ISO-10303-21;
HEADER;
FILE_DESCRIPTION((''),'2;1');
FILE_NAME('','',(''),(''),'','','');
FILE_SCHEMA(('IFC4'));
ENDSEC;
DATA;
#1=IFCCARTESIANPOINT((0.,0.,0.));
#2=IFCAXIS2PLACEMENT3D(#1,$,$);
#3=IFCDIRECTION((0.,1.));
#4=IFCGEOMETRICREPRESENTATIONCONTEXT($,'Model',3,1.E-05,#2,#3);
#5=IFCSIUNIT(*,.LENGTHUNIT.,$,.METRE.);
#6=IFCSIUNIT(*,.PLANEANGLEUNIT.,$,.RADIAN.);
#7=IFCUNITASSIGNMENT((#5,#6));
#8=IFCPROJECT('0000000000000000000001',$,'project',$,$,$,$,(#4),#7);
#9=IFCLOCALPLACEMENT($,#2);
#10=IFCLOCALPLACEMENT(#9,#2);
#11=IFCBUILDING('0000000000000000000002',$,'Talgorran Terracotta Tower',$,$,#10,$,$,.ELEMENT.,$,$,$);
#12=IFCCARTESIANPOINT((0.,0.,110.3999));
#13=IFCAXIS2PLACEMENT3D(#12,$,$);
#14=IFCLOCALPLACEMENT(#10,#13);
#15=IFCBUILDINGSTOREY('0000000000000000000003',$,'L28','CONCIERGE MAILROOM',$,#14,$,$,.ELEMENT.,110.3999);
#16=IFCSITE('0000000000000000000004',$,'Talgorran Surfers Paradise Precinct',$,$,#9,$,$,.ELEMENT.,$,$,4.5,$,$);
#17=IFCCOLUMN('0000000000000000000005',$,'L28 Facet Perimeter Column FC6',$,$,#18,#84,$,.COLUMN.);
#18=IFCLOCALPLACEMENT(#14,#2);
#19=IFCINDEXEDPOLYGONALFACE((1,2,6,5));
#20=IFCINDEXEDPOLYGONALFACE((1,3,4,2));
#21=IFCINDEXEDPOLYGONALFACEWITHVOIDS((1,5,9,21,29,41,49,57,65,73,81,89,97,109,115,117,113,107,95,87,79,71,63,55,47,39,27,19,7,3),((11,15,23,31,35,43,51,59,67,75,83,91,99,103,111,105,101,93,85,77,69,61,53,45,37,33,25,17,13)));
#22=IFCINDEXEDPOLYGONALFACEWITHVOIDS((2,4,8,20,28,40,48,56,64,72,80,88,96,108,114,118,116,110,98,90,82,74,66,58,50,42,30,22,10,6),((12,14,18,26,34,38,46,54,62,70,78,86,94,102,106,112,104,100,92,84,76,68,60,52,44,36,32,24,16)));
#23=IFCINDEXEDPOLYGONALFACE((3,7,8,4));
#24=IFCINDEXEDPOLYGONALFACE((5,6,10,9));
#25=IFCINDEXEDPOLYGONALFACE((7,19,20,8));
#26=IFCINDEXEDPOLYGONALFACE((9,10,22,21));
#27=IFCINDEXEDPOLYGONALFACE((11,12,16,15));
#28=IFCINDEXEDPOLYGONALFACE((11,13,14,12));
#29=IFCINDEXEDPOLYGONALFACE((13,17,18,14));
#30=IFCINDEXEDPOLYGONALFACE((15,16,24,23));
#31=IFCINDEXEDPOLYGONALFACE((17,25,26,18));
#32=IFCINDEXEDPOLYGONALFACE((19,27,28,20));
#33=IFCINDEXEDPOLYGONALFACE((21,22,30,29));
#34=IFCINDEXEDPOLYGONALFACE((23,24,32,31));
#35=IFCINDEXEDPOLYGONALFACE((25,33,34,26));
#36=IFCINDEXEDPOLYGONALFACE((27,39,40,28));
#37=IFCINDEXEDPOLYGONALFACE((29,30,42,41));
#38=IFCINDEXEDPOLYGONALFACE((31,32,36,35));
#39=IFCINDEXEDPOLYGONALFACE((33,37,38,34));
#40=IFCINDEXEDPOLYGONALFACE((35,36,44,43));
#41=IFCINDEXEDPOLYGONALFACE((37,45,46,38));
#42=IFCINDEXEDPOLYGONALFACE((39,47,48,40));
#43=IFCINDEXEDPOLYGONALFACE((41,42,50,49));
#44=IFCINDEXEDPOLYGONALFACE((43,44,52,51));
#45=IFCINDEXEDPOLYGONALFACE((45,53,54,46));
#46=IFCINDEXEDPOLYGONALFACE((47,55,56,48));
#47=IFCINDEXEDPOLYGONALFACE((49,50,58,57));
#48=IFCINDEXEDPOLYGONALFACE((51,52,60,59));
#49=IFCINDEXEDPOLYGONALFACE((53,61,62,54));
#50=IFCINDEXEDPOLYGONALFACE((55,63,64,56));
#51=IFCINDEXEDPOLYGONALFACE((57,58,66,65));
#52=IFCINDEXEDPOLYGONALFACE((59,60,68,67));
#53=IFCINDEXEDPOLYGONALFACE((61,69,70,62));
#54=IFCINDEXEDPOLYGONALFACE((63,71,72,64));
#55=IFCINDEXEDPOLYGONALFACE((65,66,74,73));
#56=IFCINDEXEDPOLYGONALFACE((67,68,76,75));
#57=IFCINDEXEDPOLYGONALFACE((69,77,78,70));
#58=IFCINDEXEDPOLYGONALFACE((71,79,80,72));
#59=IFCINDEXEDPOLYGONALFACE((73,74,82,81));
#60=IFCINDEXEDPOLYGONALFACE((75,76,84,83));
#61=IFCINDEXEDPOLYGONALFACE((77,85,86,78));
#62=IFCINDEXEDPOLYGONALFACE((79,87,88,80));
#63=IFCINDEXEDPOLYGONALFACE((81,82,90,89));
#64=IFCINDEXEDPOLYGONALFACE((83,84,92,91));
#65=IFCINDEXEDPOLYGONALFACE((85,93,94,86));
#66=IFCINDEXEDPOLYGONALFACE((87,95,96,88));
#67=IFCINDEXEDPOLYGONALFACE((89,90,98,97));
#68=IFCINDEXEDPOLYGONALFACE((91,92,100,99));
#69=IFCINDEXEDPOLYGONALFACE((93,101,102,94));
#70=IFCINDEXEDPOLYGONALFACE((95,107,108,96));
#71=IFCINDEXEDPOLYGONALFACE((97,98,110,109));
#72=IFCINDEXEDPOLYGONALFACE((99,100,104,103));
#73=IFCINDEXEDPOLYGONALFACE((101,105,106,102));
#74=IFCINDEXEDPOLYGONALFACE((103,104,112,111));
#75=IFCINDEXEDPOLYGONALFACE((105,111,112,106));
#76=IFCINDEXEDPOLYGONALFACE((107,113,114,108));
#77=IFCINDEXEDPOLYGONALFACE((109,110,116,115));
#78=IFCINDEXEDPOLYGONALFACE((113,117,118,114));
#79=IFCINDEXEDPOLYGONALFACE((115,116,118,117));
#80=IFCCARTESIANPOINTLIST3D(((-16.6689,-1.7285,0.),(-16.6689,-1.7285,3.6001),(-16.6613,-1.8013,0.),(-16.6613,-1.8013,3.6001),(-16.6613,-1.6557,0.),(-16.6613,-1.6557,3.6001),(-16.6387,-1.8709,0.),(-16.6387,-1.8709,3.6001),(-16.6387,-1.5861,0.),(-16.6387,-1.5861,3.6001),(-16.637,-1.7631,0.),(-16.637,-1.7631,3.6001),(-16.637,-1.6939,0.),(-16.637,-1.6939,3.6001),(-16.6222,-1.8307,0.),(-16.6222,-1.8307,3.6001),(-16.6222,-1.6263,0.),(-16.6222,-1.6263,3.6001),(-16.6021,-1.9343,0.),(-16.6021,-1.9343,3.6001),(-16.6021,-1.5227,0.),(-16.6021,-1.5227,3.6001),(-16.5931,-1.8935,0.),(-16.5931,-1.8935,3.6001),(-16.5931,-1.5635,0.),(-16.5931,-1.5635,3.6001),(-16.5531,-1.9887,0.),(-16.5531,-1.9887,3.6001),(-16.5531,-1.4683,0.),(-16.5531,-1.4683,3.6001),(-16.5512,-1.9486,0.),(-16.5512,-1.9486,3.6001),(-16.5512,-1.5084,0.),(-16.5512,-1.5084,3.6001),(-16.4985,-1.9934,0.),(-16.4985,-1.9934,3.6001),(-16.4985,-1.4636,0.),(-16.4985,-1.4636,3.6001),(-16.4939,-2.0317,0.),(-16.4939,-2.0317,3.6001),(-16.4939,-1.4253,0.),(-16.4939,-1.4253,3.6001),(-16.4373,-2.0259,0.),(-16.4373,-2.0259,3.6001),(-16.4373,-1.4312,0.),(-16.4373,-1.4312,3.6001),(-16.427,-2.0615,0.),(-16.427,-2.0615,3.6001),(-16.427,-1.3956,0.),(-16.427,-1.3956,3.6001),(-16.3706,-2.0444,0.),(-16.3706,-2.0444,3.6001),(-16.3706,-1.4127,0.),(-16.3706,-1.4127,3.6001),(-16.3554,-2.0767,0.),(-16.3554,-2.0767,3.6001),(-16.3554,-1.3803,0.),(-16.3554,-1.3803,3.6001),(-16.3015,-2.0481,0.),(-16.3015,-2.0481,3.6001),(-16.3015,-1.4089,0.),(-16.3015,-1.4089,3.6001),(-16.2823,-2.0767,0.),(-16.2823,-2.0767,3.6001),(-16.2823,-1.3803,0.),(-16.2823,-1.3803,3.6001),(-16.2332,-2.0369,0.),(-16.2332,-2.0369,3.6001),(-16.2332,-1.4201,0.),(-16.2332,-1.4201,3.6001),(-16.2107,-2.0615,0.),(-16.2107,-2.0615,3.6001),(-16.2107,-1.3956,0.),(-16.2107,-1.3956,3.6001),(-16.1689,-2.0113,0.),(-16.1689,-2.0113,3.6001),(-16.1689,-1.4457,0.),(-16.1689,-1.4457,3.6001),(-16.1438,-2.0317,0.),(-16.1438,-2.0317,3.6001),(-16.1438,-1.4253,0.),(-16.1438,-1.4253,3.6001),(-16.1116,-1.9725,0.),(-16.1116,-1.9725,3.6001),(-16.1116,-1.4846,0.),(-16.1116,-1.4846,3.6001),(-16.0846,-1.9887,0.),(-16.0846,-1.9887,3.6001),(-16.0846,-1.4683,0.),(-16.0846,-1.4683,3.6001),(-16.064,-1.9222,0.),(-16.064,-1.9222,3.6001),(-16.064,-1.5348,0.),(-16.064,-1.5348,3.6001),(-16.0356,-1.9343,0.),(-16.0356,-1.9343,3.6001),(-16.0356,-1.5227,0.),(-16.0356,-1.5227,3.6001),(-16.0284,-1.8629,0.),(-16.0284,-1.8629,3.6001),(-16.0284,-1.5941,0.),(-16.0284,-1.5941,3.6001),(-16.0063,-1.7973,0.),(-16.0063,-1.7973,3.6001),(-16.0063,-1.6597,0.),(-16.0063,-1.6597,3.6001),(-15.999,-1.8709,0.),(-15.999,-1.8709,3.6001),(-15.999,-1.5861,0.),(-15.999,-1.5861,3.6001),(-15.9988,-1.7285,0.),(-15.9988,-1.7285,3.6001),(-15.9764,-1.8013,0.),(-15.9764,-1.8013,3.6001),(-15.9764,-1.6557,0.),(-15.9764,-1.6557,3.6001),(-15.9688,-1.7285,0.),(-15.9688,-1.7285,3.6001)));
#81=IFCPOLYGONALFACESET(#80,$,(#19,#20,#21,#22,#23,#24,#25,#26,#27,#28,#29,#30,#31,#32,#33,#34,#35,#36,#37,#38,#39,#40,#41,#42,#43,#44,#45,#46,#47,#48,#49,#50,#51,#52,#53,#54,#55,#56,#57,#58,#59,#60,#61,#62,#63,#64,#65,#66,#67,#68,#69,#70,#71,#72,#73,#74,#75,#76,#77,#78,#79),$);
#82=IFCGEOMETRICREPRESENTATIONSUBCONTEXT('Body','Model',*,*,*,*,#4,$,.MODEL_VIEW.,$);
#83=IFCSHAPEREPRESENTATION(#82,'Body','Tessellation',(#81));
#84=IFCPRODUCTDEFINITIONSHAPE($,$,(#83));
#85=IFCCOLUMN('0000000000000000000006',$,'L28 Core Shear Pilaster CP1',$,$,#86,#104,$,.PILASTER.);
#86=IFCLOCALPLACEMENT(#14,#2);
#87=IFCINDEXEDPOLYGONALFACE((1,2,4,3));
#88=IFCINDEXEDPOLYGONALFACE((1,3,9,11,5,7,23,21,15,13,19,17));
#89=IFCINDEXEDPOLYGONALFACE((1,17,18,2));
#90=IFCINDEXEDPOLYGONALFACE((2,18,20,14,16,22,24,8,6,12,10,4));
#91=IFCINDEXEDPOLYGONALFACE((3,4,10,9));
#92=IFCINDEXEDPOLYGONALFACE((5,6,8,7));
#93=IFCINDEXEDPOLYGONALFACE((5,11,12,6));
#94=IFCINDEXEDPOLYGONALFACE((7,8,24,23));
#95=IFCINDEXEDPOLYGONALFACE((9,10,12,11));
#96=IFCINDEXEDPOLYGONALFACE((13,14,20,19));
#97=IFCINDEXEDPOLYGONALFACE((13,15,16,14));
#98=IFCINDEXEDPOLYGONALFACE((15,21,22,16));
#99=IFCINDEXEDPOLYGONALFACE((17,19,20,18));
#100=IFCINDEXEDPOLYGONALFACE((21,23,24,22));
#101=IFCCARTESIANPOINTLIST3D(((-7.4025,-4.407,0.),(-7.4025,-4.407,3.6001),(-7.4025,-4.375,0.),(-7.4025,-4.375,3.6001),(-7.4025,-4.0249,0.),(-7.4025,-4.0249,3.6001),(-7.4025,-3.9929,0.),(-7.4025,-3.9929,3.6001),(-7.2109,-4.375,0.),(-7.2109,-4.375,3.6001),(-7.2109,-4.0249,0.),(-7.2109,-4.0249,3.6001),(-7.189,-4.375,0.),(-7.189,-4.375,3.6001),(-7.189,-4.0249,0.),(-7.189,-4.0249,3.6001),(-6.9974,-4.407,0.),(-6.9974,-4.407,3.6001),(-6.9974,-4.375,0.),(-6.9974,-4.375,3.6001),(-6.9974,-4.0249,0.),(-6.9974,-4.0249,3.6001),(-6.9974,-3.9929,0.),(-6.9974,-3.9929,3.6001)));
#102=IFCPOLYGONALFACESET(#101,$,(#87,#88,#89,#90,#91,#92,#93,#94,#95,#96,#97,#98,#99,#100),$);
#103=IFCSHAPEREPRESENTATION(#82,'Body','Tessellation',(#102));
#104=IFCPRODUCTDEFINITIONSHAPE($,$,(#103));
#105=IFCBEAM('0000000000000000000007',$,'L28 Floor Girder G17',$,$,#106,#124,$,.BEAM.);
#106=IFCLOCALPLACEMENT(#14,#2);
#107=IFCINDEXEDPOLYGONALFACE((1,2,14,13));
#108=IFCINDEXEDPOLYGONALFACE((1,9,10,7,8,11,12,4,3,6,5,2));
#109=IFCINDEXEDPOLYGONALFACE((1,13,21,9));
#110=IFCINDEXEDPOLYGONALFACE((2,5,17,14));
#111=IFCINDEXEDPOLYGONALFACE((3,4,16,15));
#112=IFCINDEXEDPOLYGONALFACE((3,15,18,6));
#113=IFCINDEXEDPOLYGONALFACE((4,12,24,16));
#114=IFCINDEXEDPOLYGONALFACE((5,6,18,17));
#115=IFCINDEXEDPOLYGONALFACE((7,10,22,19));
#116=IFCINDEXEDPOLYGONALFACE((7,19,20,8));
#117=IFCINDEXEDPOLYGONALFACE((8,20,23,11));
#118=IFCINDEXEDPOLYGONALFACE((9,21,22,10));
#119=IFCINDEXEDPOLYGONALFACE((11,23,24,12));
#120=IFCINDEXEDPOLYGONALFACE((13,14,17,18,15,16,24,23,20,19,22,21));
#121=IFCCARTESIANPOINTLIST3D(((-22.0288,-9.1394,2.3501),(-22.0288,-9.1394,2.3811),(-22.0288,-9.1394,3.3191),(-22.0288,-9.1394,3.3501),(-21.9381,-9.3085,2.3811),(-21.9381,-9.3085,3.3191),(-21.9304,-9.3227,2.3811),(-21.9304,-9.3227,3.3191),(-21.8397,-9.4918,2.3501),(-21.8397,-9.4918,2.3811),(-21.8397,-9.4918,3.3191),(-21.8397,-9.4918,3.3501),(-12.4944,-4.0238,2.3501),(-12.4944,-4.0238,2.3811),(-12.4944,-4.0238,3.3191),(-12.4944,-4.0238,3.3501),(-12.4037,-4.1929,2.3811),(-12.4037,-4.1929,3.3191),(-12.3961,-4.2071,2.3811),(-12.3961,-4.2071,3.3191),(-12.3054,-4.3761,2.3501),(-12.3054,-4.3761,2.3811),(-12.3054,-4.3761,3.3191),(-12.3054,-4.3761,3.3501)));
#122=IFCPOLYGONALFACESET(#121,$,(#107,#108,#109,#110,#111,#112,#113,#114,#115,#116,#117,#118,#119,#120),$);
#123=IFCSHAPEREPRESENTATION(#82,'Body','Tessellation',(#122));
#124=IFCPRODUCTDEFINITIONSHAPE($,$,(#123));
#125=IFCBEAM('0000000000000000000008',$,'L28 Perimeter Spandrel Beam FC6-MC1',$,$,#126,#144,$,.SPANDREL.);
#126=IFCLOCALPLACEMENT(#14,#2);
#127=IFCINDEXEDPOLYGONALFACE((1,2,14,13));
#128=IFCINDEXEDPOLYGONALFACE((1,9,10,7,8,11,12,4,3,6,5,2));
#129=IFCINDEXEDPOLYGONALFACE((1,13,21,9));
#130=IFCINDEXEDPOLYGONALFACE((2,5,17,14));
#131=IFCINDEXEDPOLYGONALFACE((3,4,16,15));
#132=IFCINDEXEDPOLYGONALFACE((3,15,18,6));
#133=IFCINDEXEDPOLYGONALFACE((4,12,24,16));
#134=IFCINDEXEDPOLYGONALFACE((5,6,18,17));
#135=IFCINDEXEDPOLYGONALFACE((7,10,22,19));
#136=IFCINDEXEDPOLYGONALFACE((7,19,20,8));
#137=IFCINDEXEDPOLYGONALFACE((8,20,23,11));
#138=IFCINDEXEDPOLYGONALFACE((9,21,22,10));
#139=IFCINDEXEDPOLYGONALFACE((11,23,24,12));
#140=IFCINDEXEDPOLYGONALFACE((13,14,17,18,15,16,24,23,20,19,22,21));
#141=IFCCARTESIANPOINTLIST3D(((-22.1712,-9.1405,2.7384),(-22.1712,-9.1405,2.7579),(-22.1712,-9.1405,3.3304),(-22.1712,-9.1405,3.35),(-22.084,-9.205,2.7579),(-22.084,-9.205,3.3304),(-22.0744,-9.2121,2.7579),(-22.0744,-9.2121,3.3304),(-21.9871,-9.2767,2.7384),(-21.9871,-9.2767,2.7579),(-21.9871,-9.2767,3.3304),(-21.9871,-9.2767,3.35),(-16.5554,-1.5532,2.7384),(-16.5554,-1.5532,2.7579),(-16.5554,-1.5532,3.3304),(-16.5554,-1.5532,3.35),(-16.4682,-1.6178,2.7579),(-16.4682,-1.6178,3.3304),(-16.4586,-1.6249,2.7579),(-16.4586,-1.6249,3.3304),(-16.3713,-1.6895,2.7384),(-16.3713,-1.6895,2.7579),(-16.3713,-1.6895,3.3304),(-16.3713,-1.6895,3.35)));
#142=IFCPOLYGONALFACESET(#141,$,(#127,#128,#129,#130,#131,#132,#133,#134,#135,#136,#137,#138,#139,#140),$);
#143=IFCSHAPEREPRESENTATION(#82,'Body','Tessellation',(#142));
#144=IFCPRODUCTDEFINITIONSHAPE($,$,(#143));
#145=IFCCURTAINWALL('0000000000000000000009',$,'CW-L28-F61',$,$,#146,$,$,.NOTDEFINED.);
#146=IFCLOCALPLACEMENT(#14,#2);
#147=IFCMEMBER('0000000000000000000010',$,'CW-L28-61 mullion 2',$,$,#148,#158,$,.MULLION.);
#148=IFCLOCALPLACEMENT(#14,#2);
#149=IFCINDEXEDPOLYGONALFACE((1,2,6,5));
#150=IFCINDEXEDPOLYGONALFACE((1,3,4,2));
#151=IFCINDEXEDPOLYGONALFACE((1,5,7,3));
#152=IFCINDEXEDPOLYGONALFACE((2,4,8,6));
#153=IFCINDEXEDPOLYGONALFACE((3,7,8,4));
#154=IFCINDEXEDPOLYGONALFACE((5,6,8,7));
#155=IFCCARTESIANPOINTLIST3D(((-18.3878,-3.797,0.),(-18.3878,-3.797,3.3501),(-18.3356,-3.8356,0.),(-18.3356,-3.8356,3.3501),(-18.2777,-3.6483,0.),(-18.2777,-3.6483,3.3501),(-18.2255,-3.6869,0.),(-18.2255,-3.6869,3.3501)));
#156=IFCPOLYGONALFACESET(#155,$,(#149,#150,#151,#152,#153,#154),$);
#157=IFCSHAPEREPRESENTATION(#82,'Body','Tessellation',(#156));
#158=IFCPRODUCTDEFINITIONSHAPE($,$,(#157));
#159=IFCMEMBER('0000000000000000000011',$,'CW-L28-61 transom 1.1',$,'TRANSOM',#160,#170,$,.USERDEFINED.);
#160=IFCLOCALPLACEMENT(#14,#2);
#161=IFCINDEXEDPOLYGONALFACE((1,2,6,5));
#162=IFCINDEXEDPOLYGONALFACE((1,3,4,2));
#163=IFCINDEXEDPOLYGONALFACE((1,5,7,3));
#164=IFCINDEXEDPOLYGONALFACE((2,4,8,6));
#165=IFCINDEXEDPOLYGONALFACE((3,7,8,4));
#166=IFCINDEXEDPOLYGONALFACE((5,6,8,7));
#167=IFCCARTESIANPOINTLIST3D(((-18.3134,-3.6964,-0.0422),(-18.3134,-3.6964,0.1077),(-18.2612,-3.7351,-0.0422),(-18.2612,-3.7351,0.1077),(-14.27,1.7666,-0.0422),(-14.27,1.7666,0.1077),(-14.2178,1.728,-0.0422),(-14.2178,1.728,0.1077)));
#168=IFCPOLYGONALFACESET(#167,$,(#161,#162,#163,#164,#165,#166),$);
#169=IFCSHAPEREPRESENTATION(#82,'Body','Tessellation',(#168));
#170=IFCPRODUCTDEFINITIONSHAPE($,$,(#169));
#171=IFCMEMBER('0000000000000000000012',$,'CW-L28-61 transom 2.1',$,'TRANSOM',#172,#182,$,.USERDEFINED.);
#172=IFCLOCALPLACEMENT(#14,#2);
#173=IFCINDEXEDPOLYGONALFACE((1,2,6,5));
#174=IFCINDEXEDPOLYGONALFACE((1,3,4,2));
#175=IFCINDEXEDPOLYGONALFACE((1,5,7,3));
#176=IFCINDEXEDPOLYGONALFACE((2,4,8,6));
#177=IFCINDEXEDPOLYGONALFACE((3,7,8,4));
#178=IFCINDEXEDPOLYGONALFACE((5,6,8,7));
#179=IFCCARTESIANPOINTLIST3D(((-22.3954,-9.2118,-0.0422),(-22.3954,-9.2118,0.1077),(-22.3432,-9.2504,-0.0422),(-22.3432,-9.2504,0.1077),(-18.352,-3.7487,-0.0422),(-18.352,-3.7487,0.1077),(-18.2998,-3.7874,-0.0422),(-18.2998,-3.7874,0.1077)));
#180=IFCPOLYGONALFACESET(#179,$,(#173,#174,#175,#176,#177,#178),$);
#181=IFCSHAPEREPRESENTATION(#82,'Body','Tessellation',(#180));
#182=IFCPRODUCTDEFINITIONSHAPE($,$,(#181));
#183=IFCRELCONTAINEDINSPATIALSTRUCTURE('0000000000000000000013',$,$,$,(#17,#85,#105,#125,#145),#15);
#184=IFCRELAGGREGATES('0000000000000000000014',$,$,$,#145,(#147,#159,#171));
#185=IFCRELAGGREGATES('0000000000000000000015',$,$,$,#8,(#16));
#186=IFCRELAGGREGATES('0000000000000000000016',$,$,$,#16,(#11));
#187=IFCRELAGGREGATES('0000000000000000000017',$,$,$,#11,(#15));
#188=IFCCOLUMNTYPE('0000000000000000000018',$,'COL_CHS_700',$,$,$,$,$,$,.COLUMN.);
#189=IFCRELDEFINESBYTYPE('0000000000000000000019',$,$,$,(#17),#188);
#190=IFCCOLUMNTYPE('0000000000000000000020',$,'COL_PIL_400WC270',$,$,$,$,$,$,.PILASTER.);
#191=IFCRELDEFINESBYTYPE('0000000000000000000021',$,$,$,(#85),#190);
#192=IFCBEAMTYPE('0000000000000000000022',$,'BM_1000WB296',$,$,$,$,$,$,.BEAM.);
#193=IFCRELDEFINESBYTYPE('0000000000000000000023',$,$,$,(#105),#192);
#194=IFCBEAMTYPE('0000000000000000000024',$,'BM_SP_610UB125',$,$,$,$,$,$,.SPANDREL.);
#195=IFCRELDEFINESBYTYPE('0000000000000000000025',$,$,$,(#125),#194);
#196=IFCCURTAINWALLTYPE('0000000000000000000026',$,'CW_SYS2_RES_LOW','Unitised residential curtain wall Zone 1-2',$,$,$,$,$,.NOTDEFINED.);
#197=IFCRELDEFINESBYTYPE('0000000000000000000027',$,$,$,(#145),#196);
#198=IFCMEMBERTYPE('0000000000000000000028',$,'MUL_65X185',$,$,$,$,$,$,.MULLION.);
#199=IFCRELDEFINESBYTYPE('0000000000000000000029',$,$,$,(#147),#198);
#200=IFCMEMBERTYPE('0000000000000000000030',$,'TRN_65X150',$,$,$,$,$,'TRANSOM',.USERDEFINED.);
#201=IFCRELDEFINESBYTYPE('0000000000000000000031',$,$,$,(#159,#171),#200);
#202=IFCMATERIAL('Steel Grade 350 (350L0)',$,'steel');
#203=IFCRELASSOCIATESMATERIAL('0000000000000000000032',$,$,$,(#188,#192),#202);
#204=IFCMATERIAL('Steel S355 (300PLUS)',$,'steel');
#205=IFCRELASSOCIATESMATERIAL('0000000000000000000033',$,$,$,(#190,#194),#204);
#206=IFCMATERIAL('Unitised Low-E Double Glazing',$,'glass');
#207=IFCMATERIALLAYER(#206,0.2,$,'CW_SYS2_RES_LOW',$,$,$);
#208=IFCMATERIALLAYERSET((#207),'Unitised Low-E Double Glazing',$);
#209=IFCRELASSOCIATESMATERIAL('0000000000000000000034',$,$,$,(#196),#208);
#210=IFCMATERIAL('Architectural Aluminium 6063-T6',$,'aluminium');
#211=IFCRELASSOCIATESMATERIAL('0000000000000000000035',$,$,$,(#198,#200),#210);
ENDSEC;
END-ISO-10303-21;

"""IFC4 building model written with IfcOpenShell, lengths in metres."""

from ifc_helpers import new_model, si_unit, direction, frame, origin, origin_2d, place, context, subcontext, project, spatial, rectangle, hollow_circle, i_section, extrude, material, layer, layer_set, material_profile, profile_set, type_object, element, aggregate, save


model = new_model("IFC4")

# Units and contexts
model_context = context("Model", 3, precision=1e-05, world=origin(), true_north=direction((0.0, 1.0)))
body_context = subcontext(model_context, "Body", "Model", "MODEL_VIEW")
ifc_project = project(units=[si_unit("LENGTHUNIT", "METRE"), si_unit("PLANEANGLEUNIT", "RADIAN")], contexts=[model_context])

# Site, building, storey
site_placement = place(None, origin())
site = spatial("IfcSite", under=ifc_project, at=site_placement, Name="Talgorran Surfers Paradise Precinct", CompositionType="ELEMENT", RefElevation=4.5)
building_placement = place(site_placement, origin())
building = spatial("IfcBuilding", under=site, at=building_placement, Name="Talgorran Terracotta Tower", CompositionType="ELEMENT")
storey_placement = place(building_placement, frame((0.0, 0.0, 110.3999)))
storey = spatial("IfcBuildingStorey", under=building, at=storey_placement, Name="L28", Description="CONCIERGE MAILROOM", CompositionType="ELEMENT", Elevation=110.3999)

# Columns
ifc_material_1 = material(Name="Steel Grade 350 (350L0)", Category="steel")
ifc_material_profile_1 = material_profile(ifc_material_1, hollow_circle(Radius=0.3501, WallThickness=0.03, at=origin_2d()), Name="CHS700X30")
ifc_profile_set_1 = profile_set([ifc_material_profile_1], Name="Steel Grade 350 (350L0)")
column_type_1 = type_object("IfcColumnType", Name="COL_CHS_700", PredefinedType="COLUMN", material=ifc_profile_set_1)
column_1_placement = place(storey_placement, frame((-16.3188, -1.7285, 0.0), z_axis=(0.0, 0.0, 1.0), x_axis=(1.0, 0.0, 0.0)))
element("IfcColumn", 1, at=column_1_placement, inside=storey, type_object=column_type_1, Name="L28 Facet Perimeter Column FC6", PredefinedType="COLUMN", context=body_context, shape_type="SweptSolid", body=[
    extrude(hollow_circle(Radius=0.3501, WallThickness=0.03, at=origin_2d()), origin(), (0.0, 0.0, 1.0), 3.6001),
])
ifc_material_2 = material(Name="Steel S355 (300PLUS)", Category="steel")
ifc_material_profile_2 = material_profile(ifc_material_2, i_section(OverallWidth=0.405, OverallDepth=0.4141, WebThickness=0.022, FlangeThickness=0.032, at=origin_2d()), Name="400WC270")
ifc_profile_set_2 = profile_set([ifc_material_profile_2], Name="Steel S355 (300PLUS)")
column_type_2 = type_object("IfcColumnType", Name="COL_PIL_400WC270", PredefinedType="PILASTER", material=ifc_profile_set_2)
column_2_placement = place(storey_placement, frame((-7.2, -4.2, 0.0), z_axis=(0.0, 0.0, 1.0), x_axis=(1.0, 0.0, 0.0)))
element("IfcColumn", 2, at=column_2_placement, inside=storey, type_object=column_type_2, Name="L28 Core Shear Pilaster CP1", PredefinedType="PILASTER", context=body_context, shape_type="SweptSolid", body=[
    extrude(i_section(OverallWidth=0.405, OverallDepth=0.4141, WebThickness=0.022, FlangeThickness=0.032, at=origin_2d()), origin(), (0.0, 0.0, 1.0), 3.6001),
])

# Beams
ifc_material_profile_3 = material_profile(ifc_material_1, i_section(OverallWidth=0.3999, OverallDepth=1.0, WebThickness=0.0161, FlangeThickness=0.031, at=origin_2d()), Name="1000WB296")
ifc_profile_set_3 = profile_set([ifc_material_profile_3], Name="Steel Grade 350 (350L0)")
beam_type_1 = type_object("IfcBeamType", Name="BM_1000WB296", PredefinedType="BEAM", material=ifc_profile_set_3)
beam_1_placement = place(storey_placement, frame((-12.3999, -4.2, 2.8501), z_axis=(-0.881172, -0.472795, 0.0), x_axis=(0.472795, -0.881172, 0.0)))
element("IfcBeam", 3, at=beam_1_placement, inside=storey, type_object=beam_type_1, Name="L28 Floor Girder G17", PredefinedType="BEAM", context=body_context, shape_type="SweptSolid", body=[
    extrude(i_section(OverallWidth=0.3999, OverallDepth=1.0, WebThickness=0.0161, FlangeThickness=0.031, at=origin_2d()), origin(), (0.0, 0.0, 1.0), 10.8201),
])
ifc_material_profile_4 = material_profile(ifc_material_2, i_section(OverallWidth=0.229, OverallDepth=0.6116, WebThickness=0.012, FlangeThickness=0.0195, at=origin_2d()), Name="610UB125")
ifc_profile_set_4 = profile_set([ifc_material_profile_4], Name="Steel S355 (300PLUS)")
beam_type_2 = type_object("IfcBeamType", Name="BM_SP_610UB125", PredefinedType="SPANDREL", material=ifc_profile_set_4)
beam_2_placement = place(storey_placement, frame((-16.4634, -1.6213, 3.0442), z_axis=(-0.594927, -0.80378, 0.0), x_axis=(0.80378, -0.594927, 0.0)))
element("IfcBeam", 4, at=beam_2_placement, inside=storey, type_object=beam_type_2, Name="L28 Perimeter Spandrel Beam FC6-MC1", PredefinedType="SPANDREL", context=body_context, shape_type="SweptSolid", body=[
    extrude(i_section(OverallWidth=0.229, OverallDepth=0.6116, WebThickness=0.012, FlangeThickness=0.0195, at=origin_2d()), origin(), (0.0, 0.0, 1.0), 9.4395),
])

# Curtain wall, members
ifc_material_3 = material(Name="Unitised Low-E Double Glazing", Category="glass")
ifc_layer_1 = layer(ifc_material_3, 0.2, Name="CW_SYS2_RES_LOW")
ifc_layer_set_1 = layer_set([ifc_layer_1], Name="Unitised Low-E Double Glazing")
curtain_wall_type = type_object("IfcCurtainWallType", Name="CW_SYS2_RES_LOW", Description="Unitised residential curtain wall Zone 1-2", PredefinedType="NOTDEFINED", material=ifc_layer_set_1)
curtain_wall_placement = place(storey_placement, origin())
curtain_wall = element("IfcCurtainWall", 5, at=curtain_wall_placement, inside=storey, type_object=curtain_wall_type, Name="CW-L28-F61", PredefinedType="NOTDEFINED")
ifc_material_4 = material(Name="Architectural Aluminium 6063-T6", Category="aluminium")
ifc_material_profile_5 = material_profile(ifc_material_4, rectangle(XDim=0.0649, YDim=0.1851, at=origin_2d()), Name="CWM65X185")
ifc_profile_set_5 = profile_set([ifc_material_profile_5], Name="Architectural Aluminium 6063-T6")
member_type_1 = type_object("IfcMemberType", Name="MUL_65X185", PredefinedType="MULLION", material=ifc_profile_set_5)
member_1_placement = place(storey_placement, frame((-18.3066, -3.7419, 0.0), z_axis=(0.0, 0.0, 1.0), x_axis=(0.803791, -0.594912, 0.0)))
member_1 = element("IfcMember", 6, at=member_1_placement, type_object=member_type_1, Name="CW-L28-61 mullion 2", PredefinedType="MULLION", context=body_context, shape_type="SweptSolid", body=[
    extrude(rectangle(XDim=0.0649, YDim=0.1851, at=origin_2d()), origin(), (0.0, 0.0, 1.0), 3.3501),
])
ifc_material_profile_6 = material_profile(ifc_material_4, rectangle(XDim=0.0649, YDim=0.1499, at=origin_2d()), Name="CWT65X150")
ifc_profile_set_6 = profile_set([ifc_material_profile_6], Name="Architectural Aluminium 6063-T6")
member_type_2 = type_object("IfcMemberType", Name="TRN_65X150", ElementType="TRANSOM", PredefinedType="USERDEFINED", material=ifc_profile_set_6)
member_2_placement = place(storey_placement, frame((-14.2439, 1.7473, 0.0327), z_axis=(-0.594913, -0.80379, 0.0), x_axis=(0.80379, -0.594913, 0.0)))
member_2 = element("IfcMember", 7, at=member_2_placement, type_object=member_type_2, Name="CW-L28-61 transom 1.1", ObjectType="TRANSOM", PredefinedType="USERDEFINED", context=body_context, shape_type="SweptSolid", body=[
    extrude(rectangle(XDim=0.0649, YDim=0.1499, at=origin_2d()), origin(), (0.0, 0.0, 1.0), 6.7966),
])
member_3_placement = place(storey_placement, frame((-18.3259, -3.7681, 0.0327), z_axis=(-0.594913, -0.80379, 0.0), x_axis=(0.80379, -0.594913, 0.0)))
member_3 = element("IfcMember", 8, at=member_3_placement, type_object=member_type_2, Name="CW-L28-61 transom 2.1", ObjectType="TRANSOM", PredefinedType="USERDEFINED", context=body_context, shape_type="SweptSolid", body=[
    extrude(rectangle(XDim=0.0649, YDim=0.1499, at=origin_2d()), origin(), (0.0, 0.0, 1.0), 6.7966),
])

aggregate(curtain_wall, [member_1, member_2, member_3])

save(model, "model.ifc")
